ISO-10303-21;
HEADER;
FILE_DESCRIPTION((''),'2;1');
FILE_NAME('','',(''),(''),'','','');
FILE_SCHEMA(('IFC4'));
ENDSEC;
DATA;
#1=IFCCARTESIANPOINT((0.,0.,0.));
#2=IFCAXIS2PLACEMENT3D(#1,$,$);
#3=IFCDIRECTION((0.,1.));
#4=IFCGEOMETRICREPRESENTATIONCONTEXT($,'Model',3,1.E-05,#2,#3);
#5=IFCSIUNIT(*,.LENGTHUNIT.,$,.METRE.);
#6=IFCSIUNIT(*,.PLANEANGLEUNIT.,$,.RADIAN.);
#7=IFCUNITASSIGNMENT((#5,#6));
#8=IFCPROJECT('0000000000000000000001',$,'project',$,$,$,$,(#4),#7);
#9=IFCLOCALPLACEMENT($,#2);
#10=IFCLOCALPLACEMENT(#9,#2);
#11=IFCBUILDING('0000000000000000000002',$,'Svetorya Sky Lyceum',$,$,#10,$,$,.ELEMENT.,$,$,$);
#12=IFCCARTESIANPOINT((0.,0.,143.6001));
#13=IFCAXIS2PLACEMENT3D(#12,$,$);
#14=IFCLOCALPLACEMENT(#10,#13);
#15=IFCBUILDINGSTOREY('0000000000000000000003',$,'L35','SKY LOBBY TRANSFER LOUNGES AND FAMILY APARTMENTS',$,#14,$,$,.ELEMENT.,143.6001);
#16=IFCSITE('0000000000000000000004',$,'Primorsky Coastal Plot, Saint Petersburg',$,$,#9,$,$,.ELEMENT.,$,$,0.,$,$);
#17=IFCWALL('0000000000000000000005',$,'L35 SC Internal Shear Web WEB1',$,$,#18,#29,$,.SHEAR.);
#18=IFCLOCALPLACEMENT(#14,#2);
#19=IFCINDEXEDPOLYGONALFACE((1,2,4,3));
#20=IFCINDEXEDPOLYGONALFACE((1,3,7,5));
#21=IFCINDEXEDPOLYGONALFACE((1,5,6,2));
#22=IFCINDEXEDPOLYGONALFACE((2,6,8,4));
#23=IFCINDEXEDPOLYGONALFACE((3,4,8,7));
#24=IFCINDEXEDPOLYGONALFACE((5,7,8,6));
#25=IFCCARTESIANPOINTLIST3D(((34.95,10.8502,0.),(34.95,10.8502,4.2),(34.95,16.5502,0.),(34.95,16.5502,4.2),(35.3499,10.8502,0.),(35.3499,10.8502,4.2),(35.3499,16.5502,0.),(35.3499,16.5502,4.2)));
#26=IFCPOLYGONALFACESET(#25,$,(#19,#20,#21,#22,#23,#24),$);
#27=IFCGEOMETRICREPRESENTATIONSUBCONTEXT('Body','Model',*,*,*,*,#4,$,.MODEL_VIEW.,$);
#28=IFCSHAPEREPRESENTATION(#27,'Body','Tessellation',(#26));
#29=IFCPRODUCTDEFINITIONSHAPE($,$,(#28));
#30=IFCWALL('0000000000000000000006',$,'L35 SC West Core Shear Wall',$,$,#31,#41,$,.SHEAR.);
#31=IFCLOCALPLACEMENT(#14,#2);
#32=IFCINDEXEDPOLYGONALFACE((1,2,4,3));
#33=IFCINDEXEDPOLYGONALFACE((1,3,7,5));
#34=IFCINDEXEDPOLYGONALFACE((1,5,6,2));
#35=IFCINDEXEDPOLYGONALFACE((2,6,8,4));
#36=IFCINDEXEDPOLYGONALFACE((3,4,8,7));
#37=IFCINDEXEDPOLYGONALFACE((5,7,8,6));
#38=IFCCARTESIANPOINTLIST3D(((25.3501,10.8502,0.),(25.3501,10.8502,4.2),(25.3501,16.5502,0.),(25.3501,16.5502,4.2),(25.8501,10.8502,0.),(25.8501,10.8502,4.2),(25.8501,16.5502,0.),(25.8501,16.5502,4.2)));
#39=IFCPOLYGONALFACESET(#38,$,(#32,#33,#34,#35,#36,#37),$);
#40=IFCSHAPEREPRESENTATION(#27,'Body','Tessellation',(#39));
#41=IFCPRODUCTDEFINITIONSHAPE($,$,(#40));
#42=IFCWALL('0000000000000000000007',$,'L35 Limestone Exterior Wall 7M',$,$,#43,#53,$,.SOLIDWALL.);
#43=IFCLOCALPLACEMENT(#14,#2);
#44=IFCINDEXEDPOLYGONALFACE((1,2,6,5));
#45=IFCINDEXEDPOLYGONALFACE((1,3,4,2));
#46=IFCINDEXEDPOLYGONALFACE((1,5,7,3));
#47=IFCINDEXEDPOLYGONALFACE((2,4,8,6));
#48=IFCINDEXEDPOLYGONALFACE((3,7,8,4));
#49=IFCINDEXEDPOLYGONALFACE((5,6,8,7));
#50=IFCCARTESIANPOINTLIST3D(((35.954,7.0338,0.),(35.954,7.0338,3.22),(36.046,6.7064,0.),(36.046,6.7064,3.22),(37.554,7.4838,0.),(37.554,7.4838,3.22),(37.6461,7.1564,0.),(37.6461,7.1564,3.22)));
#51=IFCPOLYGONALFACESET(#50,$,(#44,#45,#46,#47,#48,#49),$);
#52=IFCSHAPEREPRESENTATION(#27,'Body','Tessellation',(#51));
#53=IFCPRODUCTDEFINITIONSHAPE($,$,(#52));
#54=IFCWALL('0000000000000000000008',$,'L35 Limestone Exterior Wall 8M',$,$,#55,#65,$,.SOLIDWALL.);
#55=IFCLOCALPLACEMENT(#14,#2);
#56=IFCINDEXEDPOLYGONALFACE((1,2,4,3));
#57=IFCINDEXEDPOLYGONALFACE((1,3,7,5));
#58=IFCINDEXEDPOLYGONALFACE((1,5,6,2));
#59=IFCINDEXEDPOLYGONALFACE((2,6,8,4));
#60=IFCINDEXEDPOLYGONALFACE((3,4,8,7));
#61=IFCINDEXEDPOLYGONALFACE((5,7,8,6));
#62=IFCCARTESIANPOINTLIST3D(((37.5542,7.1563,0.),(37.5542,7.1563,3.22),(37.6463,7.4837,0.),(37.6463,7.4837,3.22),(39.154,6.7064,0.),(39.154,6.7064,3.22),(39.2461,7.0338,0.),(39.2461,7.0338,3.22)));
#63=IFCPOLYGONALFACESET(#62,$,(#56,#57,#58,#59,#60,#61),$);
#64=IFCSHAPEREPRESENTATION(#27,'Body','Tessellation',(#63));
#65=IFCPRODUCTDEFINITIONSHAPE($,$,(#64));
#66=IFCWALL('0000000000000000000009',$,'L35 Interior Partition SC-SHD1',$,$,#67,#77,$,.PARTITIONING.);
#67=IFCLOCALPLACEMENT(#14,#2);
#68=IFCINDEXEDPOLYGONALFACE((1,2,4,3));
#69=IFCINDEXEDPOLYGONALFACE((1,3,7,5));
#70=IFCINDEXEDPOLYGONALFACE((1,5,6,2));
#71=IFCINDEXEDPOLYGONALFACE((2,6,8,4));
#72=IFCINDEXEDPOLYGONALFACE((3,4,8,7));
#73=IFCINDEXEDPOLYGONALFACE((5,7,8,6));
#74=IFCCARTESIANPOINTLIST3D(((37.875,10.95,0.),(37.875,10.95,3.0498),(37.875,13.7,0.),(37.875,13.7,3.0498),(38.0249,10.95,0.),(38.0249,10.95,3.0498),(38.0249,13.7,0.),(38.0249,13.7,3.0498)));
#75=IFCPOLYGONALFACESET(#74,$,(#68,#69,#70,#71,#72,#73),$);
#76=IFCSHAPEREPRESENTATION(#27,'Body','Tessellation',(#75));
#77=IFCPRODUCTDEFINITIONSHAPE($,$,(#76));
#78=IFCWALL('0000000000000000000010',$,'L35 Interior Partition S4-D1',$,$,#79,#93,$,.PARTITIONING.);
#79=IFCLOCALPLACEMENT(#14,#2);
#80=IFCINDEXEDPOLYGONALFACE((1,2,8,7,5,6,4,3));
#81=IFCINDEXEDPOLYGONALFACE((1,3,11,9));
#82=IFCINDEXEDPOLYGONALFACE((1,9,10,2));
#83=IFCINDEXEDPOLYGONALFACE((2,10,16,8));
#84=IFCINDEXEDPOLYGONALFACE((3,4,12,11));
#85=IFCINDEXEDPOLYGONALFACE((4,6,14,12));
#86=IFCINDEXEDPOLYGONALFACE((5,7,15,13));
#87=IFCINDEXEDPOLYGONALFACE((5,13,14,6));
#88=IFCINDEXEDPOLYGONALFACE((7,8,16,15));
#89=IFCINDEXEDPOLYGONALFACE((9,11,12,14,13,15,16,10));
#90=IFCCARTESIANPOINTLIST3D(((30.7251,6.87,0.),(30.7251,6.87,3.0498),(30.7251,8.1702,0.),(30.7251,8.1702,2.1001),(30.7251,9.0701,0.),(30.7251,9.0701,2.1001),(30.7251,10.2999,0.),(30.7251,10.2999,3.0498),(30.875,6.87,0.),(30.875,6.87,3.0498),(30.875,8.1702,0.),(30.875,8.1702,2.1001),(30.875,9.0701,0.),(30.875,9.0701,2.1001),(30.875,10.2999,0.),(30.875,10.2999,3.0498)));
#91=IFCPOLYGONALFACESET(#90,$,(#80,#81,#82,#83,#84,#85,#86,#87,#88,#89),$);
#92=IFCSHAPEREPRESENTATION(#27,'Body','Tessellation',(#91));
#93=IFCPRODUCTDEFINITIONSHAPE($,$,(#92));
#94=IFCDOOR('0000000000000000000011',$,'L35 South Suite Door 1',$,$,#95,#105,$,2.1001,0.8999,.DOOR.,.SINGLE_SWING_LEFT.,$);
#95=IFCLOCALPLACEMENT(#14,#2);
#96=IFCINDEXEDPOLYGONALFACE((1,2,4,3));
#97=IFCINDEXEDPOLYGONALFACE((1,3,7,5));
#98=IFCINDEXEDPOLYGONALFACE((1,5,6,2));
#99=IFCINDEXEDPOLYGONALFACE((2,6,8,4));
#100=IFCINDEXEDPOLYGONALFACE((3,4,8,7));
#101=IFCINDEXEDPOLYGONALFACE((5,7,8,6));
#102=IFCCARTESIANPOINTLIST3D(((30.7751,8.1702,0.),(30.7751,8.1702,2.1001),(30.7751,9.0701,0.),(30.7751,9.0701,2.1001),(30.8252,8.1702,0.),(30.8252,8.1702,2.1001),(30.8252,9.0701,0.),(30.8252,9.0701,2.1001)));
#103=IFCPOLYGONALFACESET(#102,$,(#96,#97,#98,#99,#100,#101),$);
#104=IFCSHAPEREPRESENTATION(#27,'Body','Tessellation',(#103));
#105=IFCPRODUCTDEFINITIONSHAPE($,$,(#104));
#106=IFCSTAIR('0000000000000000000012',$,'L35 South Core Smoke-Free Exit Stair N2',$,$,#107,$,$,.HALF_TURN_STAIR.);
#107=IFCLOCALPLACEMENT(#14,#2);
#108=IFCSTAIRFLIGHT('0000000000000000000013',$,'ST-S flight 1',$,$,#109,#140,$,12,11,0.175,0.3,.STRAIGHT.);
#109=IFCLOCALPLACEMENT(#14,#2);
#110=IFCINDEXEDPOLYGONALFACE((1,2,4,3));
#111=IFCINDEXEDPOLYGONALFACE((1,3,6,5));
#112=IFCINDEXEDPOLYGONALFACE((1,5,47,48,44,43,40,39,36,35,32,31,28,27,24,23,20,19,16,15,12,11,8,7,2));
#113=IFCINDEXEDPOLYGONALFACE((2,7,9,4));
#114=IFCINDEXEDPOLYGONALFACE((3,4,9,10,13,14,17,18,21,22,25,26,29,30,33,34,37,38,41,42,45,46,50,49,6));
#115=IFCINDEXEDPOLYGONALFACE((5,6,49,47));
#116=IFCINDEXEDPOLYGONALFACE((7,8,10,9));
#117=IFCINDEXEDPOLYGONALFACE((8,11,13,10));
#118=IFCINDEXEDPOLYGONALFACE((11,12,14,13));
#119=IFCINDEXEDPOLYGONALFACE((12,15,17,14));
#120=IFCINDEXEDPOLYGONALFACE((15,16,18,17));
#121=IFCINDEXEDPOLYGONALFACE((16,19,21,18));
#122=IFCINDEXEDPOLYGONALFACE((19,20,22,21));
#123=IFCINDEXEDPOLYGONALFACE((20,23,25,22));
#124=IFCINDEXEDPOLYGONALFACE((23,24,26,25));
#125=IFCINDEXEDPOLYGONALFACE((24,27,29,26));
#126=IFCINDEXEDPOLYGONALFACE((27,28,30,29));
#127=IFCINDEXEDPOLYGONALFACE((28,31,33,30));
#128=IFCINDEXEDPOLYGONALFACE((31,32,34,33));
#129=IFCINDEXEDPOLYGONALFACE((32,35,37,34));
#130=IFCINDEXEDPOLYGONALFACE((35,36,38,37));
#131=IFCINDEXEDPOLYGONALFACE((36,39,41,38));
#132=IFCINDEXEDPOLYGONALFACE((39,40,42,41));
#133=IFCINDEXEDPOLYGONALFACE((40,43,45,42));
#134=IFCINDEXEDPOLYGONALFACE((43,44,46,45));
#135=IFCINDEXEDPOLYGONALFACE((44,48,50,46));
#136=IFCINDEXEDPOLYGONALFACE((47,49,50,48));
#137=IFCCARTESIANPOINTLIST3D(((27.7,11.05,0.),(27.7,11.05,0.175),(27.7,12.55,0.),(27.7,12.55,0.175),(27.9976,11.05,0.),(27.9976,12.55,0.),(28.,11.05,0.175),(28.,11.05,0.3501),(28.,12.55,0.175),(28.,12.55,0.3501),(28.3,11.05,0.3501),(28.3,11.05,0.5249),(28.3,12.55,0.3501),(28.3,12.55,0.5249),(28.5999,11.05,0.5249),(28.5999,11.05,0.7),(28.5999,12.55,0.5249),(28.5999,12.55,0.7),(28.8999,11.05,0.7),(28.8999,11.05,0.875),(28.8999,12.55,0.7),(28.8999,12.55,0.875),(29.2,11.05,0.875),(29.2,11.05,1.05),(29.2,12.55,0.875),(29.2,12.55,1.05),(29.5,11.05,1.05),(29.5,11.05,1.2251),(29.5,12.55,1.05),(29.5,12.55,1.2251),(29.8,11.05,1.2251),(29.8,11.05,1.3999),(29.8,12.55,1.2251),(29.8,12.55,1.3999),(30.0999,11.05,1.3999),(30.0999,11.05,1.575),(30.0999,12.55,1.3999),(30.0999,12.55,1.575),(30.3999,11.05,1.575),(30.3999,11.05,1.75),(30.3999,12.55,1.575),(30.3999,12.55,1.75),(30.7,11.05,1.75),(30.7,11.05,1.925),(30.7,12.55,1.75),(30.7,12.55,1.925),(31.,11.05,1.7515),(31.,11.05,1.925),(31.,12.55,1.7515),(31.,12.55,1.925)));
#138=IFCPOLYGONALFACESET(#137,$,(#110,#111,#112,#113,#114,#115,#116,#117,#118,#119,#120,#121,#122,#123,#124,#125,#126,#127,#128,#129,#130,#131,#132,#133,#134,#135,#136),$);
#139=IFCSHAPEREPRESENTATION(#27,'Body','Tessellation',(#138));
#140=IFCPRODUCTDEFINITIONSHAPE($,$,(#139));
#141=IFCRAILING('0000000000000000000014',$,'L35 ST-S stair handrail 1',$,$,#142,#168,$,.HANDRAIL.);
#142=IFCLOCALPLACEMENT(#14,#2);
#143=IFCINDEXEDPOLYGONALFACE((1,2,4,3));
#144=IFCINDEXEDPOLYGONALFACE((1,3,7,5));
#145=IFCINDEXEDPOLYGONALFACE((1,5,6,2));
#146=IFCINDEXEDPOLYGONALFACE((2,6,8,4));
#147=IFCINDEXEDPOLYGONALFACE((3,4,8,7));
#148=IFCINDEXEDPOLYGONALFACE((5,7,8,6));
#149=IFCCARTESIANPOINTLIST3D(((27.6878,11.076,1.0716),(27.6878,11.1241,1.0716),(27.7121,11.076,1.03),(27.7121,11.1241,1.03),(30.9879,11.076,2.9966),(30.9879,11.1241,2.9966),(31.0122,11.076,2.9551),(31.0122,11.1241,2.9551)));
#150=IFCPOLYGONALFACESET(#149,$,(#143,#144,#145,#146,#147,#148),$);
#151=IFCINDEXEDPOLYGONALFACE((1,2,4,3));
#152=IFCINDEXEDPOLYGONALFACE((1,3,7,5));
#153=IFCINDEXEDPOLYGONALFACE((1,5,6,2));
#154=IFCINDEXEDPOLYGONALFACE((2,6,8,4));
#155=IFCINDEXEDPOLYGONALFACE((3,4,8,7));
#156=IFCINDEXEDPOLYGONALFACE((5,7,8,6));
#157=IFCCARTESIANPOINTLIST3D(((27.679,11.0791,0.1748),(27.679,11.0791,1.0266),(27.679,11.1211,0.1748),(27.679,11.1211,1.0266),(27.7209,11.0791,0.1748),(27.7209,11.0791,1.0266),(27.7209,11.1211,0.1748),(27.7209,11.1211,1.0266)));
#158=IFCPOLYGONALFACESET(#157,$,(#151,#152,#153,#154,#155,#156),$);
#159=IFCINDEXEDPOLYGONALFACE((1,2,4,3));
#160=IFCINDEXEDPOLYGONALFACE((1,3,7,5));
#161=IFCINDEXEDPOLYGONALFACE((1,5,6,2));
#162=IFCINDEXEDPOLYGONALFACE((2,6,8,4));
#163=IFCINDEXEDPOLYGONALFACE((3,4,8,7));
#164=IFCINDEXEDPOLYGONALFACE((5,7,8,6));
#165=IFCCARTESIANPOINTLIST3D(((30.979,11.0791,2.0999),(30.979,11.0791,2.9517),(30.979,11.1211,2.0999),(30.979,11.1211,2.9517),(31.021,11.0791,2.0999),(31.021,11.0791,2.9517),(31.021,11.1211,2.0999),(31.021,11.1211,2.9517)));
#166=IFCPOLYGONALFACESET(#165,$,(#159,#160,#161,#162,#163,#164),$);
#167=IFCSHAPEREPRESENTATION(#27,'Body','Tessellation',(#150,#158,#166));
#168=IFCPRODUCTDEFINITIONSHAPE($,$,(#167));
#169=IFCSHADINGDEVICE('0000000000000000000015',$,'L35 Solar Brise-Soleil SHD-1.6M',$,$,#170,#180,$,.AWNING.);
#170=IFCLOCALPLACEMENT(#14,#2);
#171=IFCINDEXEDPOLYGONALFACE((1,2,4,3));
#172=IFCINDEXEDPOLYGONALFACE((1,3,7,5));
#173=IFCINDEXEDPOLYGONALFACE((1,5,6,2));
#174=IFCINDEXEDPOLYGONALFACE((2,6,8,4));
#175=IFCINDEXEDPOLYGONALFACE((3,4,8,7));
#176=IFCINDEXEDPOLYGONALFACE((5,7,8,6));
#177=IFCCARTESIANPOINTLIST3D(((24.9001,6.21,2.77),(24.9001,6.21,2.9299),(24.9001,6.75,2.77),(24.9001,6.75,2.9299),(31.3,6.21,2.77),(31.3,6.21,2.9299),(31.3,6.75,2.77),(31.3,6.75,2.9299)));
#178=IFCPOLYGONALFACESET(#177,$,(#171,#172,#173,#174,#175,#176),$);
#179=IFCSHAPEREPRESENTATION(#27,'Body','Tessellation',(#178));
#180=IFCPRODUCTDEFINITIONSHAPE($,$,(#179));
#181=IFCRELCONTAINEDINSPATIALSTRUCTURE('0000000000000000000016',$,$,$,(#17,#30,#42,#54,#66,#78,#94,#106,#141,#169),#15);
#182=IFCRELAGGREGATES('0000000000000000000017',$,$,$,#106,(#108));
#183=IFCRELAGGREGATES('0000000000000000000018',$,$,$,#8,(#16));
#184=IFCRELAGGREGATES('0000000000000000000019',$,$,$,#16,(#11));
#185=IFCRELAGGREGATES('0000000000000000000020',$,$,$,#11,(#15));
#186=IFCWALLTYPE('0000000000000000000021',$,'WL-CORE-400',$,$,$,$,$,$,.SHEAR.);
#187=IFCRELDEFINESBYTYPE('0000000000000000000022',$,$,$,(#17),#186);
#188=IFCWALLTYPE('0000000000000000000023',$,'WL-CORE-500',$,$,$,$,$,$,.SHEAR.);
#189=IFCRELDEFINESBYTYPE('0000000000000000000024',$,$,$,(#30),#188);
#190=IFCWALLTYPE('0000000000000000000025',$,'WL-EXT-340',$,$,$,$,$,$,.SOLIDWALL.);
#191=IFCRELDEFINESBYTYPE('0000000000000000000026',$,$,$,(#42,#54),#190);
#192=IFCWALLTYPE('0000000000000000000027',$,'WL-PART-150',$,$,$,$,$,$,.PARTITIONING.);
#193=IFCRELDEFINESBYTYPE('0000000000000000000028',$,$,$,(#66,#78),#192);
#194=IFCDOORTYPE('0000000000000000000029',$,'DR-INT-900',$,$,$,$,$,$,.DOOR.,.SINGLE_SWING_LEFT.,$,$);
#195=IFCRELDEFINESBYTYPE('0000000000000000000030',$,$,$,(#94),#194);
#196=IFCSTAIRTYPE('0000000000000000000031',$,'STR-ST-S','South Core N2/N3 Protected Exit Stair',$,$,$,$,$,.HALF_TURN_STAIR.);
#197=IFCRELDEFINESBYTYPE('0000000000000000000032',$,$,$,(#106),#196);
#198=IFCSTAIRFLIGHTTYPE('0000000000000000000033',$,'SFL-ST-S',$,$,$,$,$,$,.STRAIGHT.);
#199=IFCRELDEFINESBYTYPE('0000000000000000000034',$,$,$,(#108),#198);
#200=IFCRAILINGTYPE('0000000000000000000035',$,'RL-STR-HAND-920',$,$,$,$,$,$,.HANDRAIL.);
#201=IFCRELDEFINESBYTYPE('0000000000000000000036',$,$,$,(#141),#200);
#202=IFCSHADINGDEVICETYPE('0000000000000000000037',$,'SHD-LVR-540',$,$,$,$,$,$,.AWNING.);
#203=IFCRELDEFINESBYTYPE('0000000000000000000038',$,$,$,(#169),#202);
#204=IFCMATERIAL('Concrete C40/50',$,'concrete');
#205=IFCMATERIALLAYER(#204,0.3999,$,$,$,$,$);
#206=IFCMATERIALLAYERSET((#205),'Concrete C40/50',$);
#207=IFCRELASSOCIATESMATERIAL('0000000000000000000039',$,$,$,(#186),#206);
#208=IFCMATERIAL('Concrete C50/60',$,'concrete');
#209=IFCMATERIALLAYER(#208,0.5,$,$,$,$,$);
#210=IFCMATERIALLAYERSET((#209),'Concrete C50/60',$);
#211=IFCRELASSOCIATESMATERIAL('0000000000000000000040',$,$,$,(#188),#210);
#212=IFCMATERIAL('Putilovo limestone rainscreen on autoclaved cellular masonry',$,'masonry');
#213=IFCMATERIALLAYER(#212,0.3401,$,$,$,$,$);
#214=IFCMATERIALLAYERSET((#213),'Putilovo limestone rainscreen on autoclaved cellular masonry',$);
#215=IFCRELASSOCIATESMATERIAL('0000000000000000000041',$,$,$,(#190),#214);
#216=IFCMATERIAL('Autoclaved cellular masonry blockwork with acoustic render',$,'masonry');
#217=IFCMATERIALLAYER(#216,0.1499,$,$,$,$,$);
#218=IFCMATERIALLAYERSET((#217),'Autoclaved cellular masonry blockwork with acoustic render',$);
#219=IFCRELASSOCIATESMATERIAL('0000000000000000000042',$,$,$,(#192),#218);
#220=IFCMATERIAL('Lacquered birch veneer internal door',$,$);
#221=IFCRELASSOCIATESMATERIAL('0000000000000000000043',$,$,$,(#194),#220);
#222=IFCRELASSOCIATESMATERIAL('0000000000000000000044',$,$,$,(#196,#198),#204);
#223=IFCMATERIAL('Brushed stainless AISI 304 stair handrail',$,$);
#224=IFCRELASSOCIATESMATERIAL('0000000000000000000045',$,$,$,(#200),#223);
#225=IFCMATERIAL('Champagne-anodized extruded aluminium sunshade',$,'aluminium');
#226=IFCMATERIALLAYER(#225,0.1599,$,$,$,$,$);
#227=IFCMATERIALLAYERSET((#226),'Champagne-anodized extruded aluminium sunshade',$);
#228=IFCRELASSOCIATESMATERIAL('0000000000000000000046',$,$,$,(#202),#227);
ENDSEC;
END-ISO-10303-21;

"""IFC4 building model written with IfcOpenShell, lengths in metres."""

from ifc_helpers import new_model, si_unit, direction, frame, frame_2d, origin, origin_2d, place, context, subcontext, project, spatial, polyline, rectangle, outline, extrude, material, layer, layer_set, type_object, element, fill, aggregate, save


model = new_model("IFC4")

# Units and contexts
model_context = context("Model", 3, precision=1e-05, world=origin(), true_north=direction((0.0, 1.0)))
body_context = subcontext(model_context, "Body", "Model", "MODEL_VIEW")
ifc_project = project(units=[si_unit("LENGTHUNIT", "METRE"), si_unit("PLANEANGLEUNIT", "RADIAN")], contexts=[model_context])

# Site, building, storey
site_placement = place(None, origin())
site = spatial("IfcSite", under=ifc_project, at=site_placement, Name="Primorsky Coastal Plot, Saint Petersburg", CompositionType="ELEMENT", RefElevation=0.0)
building_placement = place(site_placement, origin())
building = spatial("IfcBuilding", under=site, at=building_placement, Name="Svetorya Sky Lyceum", CompositionType="ELEMENT")
storey_placement = place(building_placement, frame((0.0, 0.0, 143.6001)))
storey = spatial("IfcBuildingStorey", under=building, at=storey_placement, Name="L35", Description="SKY LOBBY TRANSFER LOUNGES AND FAMILY APARTMENTS", CompositionType="ELEMENT", Elevation=143.6001)

# Shared definitions
ifc_material_1 = material(Name="Concrete C50/60", Category="concrete")

# Walls
ifc_material_2 = material(Name="Concrete C40/50", Category="concrete")
ifc_layer_1 = layer(ifc_material_2, 0.3999)
ifc_layer_set_1 = layer_set([ifc_layer_1], Name="Concrete C40/50")
wall_type_1 = type_object("IfcWallType", Name="WL-CORE-400", PredefinedType="SHEAR", material=ifc_layer_set_1)
wall_1_placement = place(storey_placement, frame((35.1499, 10.8501, 0.0), z_axis=(0.0, 0.0, 1.0), x_axis=(0.0, 1.0, 0.0)))
element("IfcWall", 1, at=wall_1_placement, inside=storey, type_object=wall_type_1, Name="L35 SC Internal Shear Web WEB1", PredefinedType="SHEAR", context=body_context, shape_type="SweptSolid", body=[
    extrude(rectangle(XDim=5.7, YDim=0.3999, at=frame_2d((2.8501, 0.0))), origin(), (0.0, 0.0, 1.0), 4.2),
])
ifc_layer_2 = layer(ifc_material_1, 0.5)
ifc_layer_set_2 = layer_set([ifc_layer_2], Name="Concrete C50/60")
wall_type_2 = type_object("IfcWallType", Name="WL-CORE-500", PredefinedType="SHEAR", material=ifc_layer_set_2)
wall_2_placement = place(storey_placement, frame((25.6001, 10.8501, 0.0), z_axis=(0.0, 0.0, 1.0), x_axis=(0.0, 1.0, 0.0)))
element("IfcWall", 2, at=wall_2_placement, inside=storey, type_object=wall_type_2, Name="L35 SC West Core Shear Wall", PredefinedType="SHEAR", context=body_context, shape_type="SweptSolid", body=[
    extrude(rectangle(XDim=5.7, YDim=0.5, at=frame_2d((2.8501, 0.0))), origin(), (0.0, 0.0, 1.0), 4.2),
])
ifc_material_3 = material(Name="Putilovo limestone rainscreen on autoclaved cellular masonry", Category="masonry")
ifc_layer_3 = layer(ifc_material_3, 0.3401)
ifc_layer_set_3 = layer_set([ifc_layer_3], Name="Putilovo limestone rainscreen on autoclaved cellular masonry")
wall_type_3 = type_object("IfcWallType", Name="WL-EXT-340", PredefinedType="SOLIDWALL", material=ifc_layer_set_3)
wall_3_placement = place(storey_placement, frame((36.0, 6.8701, 0.0), z_axis=(0.0, 0.0, 1.0), x_axis=(0.962663, 0.270703, 0.0)))
element("IfcWall", 3, at=wall_3_placement, inside=storey, type_object=wall_type_3, Name="L35 Limestone Exterior Wall 7M", PredefinedType="SOLIDWALL", context=body_context, shape_type="SweptSolid", body=[
    extrude(rectangle(XDim=1.6621, YDim=0.3401, at=frame_2d((0.8311, 0.0))), origin(), (0.0, 0.0, 1.0), 3.22),
])
wall_4_placement = place(storey_placement, frame((37.6001, 7.3201, 0.0), z_axis=(0.0, 0.0, 1.0), x_axis=(0.962652, -0.270741, 0.0)))
element("IfcWall", 4, at=wall_4_placement, inside=storey, type_object=wall_type_3, Name="L35 Limestone Exterior Wall 8M", PredefinedType="SOLIDWALL", context=body_context, shape_type="SweptSolid", body=[
    extrude(rectangle(XDim=1.6619, YDim=0.3401, at=frame_2d((0.8311, 0.0))), origin(), (0.0, 0.0, 1.0), 3.22),
])
ifc_material_4 = material(Name="Autoclaved cellular masonry blockwork with acoustic render", Category="masonry")
ifc_layer_4 = layer(ifc_material_4, 0.1499)
ifc_layer_set_4 = layer_set([ifc_layer_4], Name="Autoclaved cellular masonry blockwork with acoustic render")
wall_type_4 = type_object("IfcWallType", Name="WL-PART-150", PredefinedType="PARTITIONING", material=ifc_layer_set_4)
wall_5_placement = place(storey_placement, frame((37.95, 10.95, 0.0), z_axis=(0.0, 0.0, 1.0), x_axis=(0.0, 1.0, 0.0)))
element("IfcWall", 5, at=wall_5_placement, inside=storey, type_object=wall_type_4, Name="L35 Interior Partition SC-SHD1", PredefinedType="PARTITIONING", context=body_context, shape_type="SweptSolid", body=[
    extrude(rectangle(XDim=2.75, YDim=0.1499, at=frame_2d((1.375, 0.0))), origin(), (0.0, 0.0, 1.0), 3.0498),
])

# Wall, opening, door
wall_6_placement = place(storey_placement, frame((30.8, 6.8701, 0.0), z_axis=(0.0, 0.0, 1.0), x_axis=(0.0, 1.0, 0.0)))
wall_6 = element("IfcWall", 6, at=wall_6_placement, inside=storey, type_object=wall_type_4, Name="L35 Interior Partition S4-D1", PredefinedType="PARTITIONING", context=body_context, shape_type="SweptSolid", body=[
    extrude(rectangle(XDim=3.4299, YDim=0.1499, at=frame_2d((1.7148, 0.0))), origin(), (0.0, 0.0, 1.0), 3.0498),
])
opening_placement = place(wall_6_placement, frame((1.3, 0.0, 0.0)))
opening = element("IfcOpeningElement", 7, at=opening_placement, cuts=wall_6, PredefinedType="OPENING", context=body_context, shape_type="SweptSolid", body=[
    extrude(rectangle(XDim=0.8999, YDim=2.1001, at=frame_2d((0.45, 1.05))), frame((0.0, 0.085, 0.0), z_axis=(0.0, -1.0, 0.0), x_axis=(1.0, 0.0, 0.0)), (0.0, 0.0, 1.0), 0.1699),
])
ifc_material_5 = material(Name="Lacquered birch veneer internal door")
door_type = type_object("IfcDoorType", Name="DR-INT-900", OperationType="SINGLE_SWING_LEFT", PredefinedType="DOOR", material=ifc_material_5)
door_placement = place(opening_placement, origin())
door = element("IfcDoor", 8, at=door_placement, inside=storey, type_object=door_type, Name="L35 South Suite Door 1", OperationType="SINGLE_SWING_LEFT", OverallHeight=2.1001, OverallWidth=0.8999, PredefinedType="DOOR", context=body_context, shape_type="SweptSolid", body=[
    extrude(rectangle(XDim=0.8999, YDim=2.1001, at=frame_2d((0.45, 1.05))), frame((0.0, 0.0249, 0.0), z_axis=(0.0, -1.0, 0.0), x_axis=(1.0, 0.0, 0.0)), (0.0, 0.0, 1.0), 0.05),
])
fill(opening, door)

# Stair, stair flight
stair_type = type_object("IfcStairType", Name="STR-ST-S", Description="South Core N2/N3 Protected Exit Stair", PredefinedType="HALF_TURN_STAIR", material=ifc_material_2)
stair_placement = place(storey_placement, origin())
stair = element("IfcStair", 9, at=stair_placement, inside=storey, type_object=stair_type, Name="L35 South Core Smoke-Free Exit Stair N2", PredefinedType="HALF_TURN_STAIR")
stair_flight_type = type_object("IfcStairFlightType", Name="SFL-ST-S", PredefinedType="STRAIGHT", material=ifc_material_2)
stair_flight_placement = place(storey_placement, frame((27.7, 11.8, 0.0), z_axis=(0.0, 0.0, 1.0), x_axis=(1.0, 0.0, 0.0)))
stair_flight = element("IfcStairFlight", 10, at=stair_flight_placement, type_object=stair_flight_type, Name="ST-S flight 1", NumberOfRisers=12, NumberOfTreads=11, PredefinedType="STRAIGHT", RiserHeight=0.175, TreadLength=0.3, context=body_context, shape_type="SweptSolid", body=[
    extrude(outline(polyline([(0.0, 0.0), (0.0, 0.175), (0.3, 0.175), (0.3, 0.3501), (0.6001, 0.3501), (0.6001, 0.5249), (0.8999, 0.5249), (0.8999, 0.7), (1.2, 0.7), (1.2, 0.875), (1.5, 0.875), (1.5, 1.05), (1.8, 1.05), (1.8, 1.2251), (2.1001, 1.2251), (2.1001, 1.3999), (2.3999, 1.3999), (2.3999, 1.575), (2.7, 1.575), (2.7, 1.75), (3.0, 1.75), (3.0, 1.925), (3.3, 1.925), (3.3, 2.1001), (3.3, 1.7515), (0.2976, 0.0), (0.0, 0.0)])), frame((0.0, 0.75, 0.0), z_axis=(0.0, -1.0, 0.0), x_axis=(1.0, 0.0, 0.0)), (0.0, 0.0, 1.0), 1.5),
])
aggregate(stair, [stair_flight])

# Railing
ifc_material_6 = material(Name="Brushed stainless AISI 304 stair handrail")
railing_type = type_object("IfcRailingType", Name="RL-STR-HAND-920", PredefinedType="HANDRAIL", material=ifc_material_6)
railing_placement = place(storey_placement, frame((27.7, 11.1001, 0.1748)))
element("IfcRailing", 11, at=railing_placement, inside=storey, type_object=railing_type, Name="L35 ST-S stair handrail 1", PredefinedType="HANDRAIL", context=body_context, shape_type="SweptSolid", body=[
    extrude(rectangle(XDim=0.0481, YDim=0.0481, at=origin_2d()), frame((0.0, 0.0, 0.876), z_axis=(0.863777, 0.0, 0.503875), x_axis=(0.0, 1.0, 0.0)), (0.0, 0.0, 1.0), 3.8206),
    extrude(rectangle(XDim=0.042, YDim=0.042, at=origin_2d()), origin(), (0.0, 0.0, 1.0), 0.8518),
    extrude(rectangle(XDim=0.042, YDim=0.042, at=origin_2d()), frame((3.3, 0.0, 1.925)), (0.0, 0.0, 1.0), 0.8518),
])

# Shading device
ifc_material_7 = material(Name="Champagne-anodized extruded aluminium sunshade", Category="aluminium")
ifc_layer_5 = layer(ifc_material_7, 0.1599)
ifc_layer_set_5 = layer_set([ifc_layer_5], Name="Champagne-anodized extruded aluminium sunshade")
shading_device_type = type_object("IfcShadingDeviceType", Name="SHD-LVR-540", PredefinedType="AWNING", material=ifc_layer_set_5)
shading_device_placement = place(storey_placement, frame((28.1001, 6.48, 2.77), z_axis=(0.0, 0.0, 1.0), x_axis=(1.0, 0.0, 0.0)))
element("IfcShadingDevice", 12, at=shading_device_placement, inside=storey, type_object=shading_device_type, Name="L35 Solar Brise-Soleil SHD-1.6M", PredefinedType="AWNING", context=body_context, shape_type="SweptSolid", body=[
    extrude(rectangle(XDim=6.3999, YDim=0.54, at=origin_2d()), origin(), (0.0, 0.0, 1.0), 0.1599),
])

save(model, "model.ifc")
